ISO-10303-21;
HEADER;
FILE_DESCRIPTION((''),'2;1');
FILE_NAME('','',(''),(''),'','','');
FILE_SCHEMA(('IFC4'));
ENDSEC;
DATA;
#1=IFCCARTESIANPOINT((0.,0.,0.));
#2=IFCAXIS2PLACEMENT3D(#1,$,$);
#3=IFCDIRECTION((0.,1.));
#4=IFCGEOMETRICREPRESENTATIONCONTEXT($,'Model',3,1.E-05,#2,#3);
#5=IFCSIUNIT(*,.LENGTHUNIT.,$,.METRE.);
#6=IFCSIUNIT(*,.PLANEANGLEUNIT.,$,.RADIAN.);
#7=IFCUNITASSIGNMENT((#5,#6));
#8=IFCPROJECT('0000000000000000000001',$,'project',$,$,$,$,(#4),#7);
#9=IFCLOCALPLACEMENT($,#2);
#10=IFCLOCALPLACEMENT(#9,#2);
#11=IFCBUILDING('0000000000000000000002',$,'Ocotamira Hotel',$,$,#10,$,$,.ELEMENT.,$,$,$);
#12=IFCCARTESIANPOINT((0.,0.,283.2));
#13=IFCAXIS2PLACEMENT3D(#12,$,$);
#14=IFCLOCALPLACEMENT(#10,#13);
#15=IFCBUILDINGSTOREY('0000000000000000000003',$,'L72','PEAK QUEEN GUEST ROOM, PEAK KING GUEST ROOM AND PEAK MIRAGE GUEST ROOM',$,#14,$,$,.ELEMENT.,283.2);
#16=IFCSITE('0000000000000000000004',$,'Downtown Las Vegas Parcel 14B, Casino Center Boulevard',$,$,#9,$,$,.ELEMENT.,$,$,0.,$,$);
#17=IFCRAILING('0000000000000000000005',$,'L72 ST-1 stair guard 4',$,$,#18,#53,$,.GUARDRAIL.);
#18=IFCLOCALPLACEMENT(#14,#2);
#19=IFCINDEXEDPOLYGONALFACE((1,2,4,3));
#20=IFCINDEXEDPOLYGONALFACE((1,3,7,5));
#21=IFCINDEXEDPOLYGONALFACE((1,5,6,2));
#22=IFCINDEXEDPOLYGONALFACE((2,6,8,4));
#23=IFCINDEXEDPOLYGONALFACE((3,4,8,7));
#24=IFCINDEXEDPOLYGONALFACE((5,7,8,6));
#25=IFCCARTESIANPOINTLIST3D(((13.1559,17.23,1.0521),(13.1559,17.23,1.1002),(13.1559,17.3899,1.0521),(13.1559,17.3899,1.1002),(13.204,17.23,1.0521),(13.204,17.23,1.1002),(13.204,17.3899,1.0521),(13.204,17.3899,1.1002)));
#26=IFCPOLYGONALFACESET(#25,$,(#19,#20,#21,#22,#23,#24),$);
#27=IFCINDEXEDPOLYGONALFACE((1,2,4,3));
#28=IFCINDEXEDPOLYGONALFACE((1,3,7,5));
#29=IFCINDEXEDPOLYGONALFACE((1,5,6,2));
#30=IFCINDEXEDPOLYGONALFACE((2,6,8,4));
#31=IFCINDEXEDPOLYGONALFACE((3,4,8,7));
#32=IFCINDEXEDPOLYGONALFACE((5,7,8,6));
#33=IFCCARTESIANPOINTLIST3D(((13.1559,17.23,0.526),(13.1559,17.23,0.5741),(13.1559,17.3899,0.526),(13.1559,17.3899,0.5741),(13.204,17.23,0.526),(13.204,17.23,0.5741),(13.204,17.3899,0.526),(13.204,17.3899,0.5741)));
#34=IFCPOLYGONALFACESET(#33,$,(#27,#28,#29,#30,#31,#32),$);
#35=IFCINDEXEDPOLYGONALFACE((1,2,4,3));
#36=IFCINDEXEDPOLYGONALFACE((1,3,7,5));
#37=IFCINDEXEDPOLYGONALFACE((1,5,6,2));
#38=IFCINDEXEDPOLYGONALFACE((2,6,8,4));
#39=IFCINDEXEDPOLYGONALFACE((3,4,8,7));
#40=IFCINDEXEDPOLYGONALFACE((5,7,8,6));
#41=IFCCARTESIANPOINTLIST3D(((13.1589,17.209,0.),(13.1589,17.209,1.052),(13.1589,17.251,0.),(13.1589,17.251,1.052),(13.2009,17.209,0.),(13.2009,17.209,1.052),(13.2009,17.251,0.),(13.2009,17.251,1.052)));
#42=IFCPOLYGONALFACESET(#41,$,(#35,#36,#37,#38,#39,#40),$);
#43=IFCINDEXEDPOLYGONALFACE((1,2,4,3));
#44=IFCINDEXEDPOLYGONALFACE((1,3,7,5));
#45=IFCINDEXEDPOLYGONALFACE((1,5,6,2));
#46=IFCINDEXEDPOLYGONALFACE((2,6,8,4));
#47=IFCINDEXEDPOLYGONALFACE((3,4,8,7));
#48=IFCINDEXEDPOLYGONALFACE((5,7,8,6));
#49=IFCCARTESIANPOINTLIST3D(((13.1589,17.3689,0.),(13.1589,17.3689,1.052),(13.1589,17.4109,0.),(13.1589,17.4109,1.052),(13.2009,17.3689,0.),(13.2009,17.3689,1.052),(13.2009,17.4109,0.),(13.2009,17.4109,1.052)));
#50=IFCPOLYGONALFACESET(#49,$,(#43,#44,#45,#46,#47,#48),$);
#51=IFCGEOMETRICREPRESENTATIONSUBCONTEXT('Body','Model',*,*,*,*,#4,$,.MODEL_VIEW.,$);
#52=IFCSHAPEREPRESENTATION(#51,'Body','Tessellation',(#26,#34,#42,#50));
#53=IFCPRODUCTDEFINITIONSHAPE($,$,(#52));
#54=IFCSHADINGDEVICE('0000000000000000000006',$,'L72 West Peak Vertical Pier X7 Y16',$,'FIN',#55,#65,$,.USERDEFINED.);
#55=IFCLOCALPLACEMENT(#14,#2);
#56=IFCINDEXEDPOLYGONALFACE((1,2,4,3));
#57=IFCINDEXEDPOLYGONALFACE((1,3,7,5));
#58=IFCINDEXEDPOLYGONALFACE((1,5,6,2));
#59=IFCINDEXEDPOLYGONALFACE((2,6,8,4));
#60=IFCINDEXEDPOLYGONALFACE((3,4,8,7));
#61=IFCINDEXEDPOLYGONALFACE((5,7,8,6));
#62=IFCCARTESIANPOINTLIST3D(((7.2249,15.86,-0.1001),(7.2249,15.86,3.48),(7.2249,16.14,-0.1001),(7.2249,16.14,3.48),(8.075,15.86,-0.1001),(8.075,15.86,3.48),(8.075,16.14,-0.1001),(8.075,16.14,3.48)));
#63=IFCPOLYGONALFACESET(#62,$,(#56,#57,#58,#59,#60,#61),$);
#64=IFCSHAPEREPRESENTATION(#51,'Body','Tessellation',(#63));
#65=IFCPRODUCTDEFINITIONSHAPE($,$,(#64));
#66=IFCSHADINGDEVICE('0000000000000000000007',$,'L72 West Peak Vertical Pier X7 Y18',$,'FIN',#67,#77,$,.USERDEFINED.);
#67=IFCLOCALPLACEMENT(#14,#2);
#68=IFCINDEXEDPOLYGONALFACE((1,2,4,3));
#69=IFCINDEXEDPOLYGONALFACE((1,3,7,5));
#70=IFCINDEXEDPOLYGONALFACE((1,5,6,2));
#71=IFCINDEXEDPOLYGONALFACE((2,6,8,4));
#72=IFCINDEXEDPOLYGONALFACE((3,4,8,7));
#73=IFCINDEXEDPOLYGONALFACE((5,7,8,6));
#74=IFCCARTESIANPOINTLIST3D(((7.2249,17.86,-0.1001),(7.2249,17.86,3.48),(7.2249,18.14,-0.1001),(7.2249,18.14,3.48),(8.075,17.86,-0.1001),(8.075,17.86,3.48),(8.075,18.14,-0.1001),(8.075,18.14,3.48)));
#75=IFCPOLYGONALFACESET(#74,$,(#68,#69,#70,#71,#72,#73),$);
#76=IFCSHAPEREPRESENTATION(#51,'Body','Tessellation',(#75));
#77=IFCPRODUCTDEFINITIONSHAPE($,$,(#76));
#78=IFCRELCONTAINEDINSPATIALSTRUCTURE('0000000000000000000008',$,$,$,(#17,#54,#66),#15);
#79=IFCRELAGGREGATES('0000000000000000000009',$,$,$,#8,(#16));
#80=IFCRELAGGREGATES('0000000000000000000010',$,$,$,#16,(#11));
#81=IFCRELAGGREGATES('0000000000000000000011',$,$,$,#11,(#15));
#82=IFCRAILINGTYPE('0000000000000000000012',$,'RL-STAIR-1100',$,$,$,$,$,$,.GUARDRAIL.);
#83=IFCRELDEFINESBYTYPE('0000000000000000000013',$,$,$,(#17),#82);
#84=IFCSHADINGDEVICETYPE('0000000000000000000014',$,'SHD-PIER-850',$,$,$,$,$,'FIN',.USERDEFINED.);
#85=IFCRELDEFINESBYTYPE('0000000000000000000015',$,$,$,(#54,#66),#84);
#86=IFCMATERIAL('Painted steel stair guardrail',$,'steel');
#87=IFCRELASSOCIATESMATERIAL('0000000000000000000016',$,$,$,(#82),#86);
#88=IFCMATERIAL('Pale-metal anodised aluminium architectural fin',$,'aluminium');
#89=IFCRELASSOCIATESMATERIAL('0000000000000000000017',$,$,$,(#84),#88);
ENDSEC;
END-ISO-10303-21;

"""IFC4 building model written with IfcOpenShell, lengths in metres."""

from ifc_helpers import new_model, si_unit, direction, frame, origin, origin_2d, place, context, subcontext, project, spatial, rectangle, extrude, source, transform, mapped, material, type_object, element, save


model = new_model("IFC4")

# Units and contexts
model_context = context("Model", 3, precision=1e-05, world=origin(), true_north=direction((0.0, 1.0)))
body_context = subcontext(model_context, "Body", "Model", "MODEL_VIEW")
ifc_project = project(units=[si_unit("LENGTHUNIT", "METRE"), si_unit("PLANEANGLEUNIT", "RADIAN")], contexts=[model_context])

# Site, building, storey
site_placement = place(None, origin())
site = spatial("IfcSite", under=ifc_project, at=site_placement, Name="Downtown Las Vegas Parcel 14B, Casino Center Boulevard", CompositionType="ELEMENT", RefElevation=0.0)
building_placement = place(site_placement, origin())
building = spatial("IfcBuilding", under=site, at=building_placement, Name="Ocotamira Hotel", CompositionType="ELEMENT")
storey_placement = place(building_placement, frame((0.0, 0.0, 283.2)))
storey = spatial("IfcBuildingStorey", under=building, at=storey_placement, Name="L72", Description="PEAK QUEEN GUEST ROOM, PEAK KING GUEST ROOM AND PEAK MIRAGE GUEST ROOM", CompositionType="ELEMENT", Elevation=283.2)

# Railing
ifc_material_1 = material(Name="Painted steel stair guardrail", Category="steel")
railing_type_1 = type_object("IfcRailingType", Name="RL-STAIR-1100", PredefinedType="GUARDRAIL", material=ifc_material_1)
railing_1_placement = place(storey_placement, frame((13.1799, 17.23, 0.0)))
element("IfcRailing", 1, at=railing_1_placement, inside=storey, type_object=railing_type_1, Name="L72 ST-1 stair guard 4", PredefinedType="GUARDRAIL", context=body_context, shape_type="SweptSolid", body=[
    extrude(rectangle(XDim=0.0481, YDim=0.0481, at=origin_2d()), frame((0.0, 0.0, 1.0762), z_axis=(0.0, 1.0, 0.0), x_axis=(-1.0, 0.0, 0.0)), (0.0, 0.0, 1.0), 0.1599),
    extrude(rectangle(XDim=0.0481, YDim=0.0481, at=origin_2d()), frame((0.0, 0.0, 0.55), z_axis=(0.0, 1.0, 0.0), x_axis=(-1.0, 0.0, 0.0)), (0.0, 0.0, 1.0), 0.1599),
    extrude(rectangle(XDim=0.042, YDim=0.042, at=origin_2d()), origin(), (0.0, 0.0, 1.0), 1.052),
    extrude(rectangle(XDim=0.042, YDim=0.042, at=origin_2d()), frame((0.0, 0.1599, 0.0)), (0.0, 0.0, 1.0), 1.052),
])

# Shading devices
ifc_material_2 = material(Name="Pale-metal anodised aluminium architectural fin", Category="aluminium")
shading_device_type = type_object("IfcShadingDeviceType", Name="SHD-PIER-850", ElementType="FIN", PredefinedType="USERDEFINED", material=ifc_material_2)
shared_shape_1 = source(origin(), body_context, "Body", "SweptSolid", [
    extrude(rectangle(XDim=0.8501, YDim=0.28, at=origin_2d()), origin(), (0.0, 0.0, 1.0), 3.5801),
])
for number, where, z_axis, x_axis, name in (
    (2, (7.6499, 16.0, -0.1001), (0.0, 0.0, 1.0), (1.0, 0.0, 0.0), "L72 West Peak Vertical Pier X7 Y16"),
    (3, (7.6499, 18.0, -0.1001), (0.0, 0.0, 1.0), (1.0, 0.0, 0.0), "L72 West Peak Vertical Pier X7 Y18"),
):
    element("IfcShadingDevice", number, at=place(storey_placement, frame(where, z_axis=z_axis, x_axis=x_axis)), inside=storey, type_object=shading_device_type, Name=name, ObjectType="FIN", PredefinedType="USERDEFINED", context=body_context, shape_type="MappedRepresentation", body=[
        mapped(shared_shape_1, transform((0.0, 0.0, 0.0), scale=1.0)),
    ])

save(model, "model.ifc")
